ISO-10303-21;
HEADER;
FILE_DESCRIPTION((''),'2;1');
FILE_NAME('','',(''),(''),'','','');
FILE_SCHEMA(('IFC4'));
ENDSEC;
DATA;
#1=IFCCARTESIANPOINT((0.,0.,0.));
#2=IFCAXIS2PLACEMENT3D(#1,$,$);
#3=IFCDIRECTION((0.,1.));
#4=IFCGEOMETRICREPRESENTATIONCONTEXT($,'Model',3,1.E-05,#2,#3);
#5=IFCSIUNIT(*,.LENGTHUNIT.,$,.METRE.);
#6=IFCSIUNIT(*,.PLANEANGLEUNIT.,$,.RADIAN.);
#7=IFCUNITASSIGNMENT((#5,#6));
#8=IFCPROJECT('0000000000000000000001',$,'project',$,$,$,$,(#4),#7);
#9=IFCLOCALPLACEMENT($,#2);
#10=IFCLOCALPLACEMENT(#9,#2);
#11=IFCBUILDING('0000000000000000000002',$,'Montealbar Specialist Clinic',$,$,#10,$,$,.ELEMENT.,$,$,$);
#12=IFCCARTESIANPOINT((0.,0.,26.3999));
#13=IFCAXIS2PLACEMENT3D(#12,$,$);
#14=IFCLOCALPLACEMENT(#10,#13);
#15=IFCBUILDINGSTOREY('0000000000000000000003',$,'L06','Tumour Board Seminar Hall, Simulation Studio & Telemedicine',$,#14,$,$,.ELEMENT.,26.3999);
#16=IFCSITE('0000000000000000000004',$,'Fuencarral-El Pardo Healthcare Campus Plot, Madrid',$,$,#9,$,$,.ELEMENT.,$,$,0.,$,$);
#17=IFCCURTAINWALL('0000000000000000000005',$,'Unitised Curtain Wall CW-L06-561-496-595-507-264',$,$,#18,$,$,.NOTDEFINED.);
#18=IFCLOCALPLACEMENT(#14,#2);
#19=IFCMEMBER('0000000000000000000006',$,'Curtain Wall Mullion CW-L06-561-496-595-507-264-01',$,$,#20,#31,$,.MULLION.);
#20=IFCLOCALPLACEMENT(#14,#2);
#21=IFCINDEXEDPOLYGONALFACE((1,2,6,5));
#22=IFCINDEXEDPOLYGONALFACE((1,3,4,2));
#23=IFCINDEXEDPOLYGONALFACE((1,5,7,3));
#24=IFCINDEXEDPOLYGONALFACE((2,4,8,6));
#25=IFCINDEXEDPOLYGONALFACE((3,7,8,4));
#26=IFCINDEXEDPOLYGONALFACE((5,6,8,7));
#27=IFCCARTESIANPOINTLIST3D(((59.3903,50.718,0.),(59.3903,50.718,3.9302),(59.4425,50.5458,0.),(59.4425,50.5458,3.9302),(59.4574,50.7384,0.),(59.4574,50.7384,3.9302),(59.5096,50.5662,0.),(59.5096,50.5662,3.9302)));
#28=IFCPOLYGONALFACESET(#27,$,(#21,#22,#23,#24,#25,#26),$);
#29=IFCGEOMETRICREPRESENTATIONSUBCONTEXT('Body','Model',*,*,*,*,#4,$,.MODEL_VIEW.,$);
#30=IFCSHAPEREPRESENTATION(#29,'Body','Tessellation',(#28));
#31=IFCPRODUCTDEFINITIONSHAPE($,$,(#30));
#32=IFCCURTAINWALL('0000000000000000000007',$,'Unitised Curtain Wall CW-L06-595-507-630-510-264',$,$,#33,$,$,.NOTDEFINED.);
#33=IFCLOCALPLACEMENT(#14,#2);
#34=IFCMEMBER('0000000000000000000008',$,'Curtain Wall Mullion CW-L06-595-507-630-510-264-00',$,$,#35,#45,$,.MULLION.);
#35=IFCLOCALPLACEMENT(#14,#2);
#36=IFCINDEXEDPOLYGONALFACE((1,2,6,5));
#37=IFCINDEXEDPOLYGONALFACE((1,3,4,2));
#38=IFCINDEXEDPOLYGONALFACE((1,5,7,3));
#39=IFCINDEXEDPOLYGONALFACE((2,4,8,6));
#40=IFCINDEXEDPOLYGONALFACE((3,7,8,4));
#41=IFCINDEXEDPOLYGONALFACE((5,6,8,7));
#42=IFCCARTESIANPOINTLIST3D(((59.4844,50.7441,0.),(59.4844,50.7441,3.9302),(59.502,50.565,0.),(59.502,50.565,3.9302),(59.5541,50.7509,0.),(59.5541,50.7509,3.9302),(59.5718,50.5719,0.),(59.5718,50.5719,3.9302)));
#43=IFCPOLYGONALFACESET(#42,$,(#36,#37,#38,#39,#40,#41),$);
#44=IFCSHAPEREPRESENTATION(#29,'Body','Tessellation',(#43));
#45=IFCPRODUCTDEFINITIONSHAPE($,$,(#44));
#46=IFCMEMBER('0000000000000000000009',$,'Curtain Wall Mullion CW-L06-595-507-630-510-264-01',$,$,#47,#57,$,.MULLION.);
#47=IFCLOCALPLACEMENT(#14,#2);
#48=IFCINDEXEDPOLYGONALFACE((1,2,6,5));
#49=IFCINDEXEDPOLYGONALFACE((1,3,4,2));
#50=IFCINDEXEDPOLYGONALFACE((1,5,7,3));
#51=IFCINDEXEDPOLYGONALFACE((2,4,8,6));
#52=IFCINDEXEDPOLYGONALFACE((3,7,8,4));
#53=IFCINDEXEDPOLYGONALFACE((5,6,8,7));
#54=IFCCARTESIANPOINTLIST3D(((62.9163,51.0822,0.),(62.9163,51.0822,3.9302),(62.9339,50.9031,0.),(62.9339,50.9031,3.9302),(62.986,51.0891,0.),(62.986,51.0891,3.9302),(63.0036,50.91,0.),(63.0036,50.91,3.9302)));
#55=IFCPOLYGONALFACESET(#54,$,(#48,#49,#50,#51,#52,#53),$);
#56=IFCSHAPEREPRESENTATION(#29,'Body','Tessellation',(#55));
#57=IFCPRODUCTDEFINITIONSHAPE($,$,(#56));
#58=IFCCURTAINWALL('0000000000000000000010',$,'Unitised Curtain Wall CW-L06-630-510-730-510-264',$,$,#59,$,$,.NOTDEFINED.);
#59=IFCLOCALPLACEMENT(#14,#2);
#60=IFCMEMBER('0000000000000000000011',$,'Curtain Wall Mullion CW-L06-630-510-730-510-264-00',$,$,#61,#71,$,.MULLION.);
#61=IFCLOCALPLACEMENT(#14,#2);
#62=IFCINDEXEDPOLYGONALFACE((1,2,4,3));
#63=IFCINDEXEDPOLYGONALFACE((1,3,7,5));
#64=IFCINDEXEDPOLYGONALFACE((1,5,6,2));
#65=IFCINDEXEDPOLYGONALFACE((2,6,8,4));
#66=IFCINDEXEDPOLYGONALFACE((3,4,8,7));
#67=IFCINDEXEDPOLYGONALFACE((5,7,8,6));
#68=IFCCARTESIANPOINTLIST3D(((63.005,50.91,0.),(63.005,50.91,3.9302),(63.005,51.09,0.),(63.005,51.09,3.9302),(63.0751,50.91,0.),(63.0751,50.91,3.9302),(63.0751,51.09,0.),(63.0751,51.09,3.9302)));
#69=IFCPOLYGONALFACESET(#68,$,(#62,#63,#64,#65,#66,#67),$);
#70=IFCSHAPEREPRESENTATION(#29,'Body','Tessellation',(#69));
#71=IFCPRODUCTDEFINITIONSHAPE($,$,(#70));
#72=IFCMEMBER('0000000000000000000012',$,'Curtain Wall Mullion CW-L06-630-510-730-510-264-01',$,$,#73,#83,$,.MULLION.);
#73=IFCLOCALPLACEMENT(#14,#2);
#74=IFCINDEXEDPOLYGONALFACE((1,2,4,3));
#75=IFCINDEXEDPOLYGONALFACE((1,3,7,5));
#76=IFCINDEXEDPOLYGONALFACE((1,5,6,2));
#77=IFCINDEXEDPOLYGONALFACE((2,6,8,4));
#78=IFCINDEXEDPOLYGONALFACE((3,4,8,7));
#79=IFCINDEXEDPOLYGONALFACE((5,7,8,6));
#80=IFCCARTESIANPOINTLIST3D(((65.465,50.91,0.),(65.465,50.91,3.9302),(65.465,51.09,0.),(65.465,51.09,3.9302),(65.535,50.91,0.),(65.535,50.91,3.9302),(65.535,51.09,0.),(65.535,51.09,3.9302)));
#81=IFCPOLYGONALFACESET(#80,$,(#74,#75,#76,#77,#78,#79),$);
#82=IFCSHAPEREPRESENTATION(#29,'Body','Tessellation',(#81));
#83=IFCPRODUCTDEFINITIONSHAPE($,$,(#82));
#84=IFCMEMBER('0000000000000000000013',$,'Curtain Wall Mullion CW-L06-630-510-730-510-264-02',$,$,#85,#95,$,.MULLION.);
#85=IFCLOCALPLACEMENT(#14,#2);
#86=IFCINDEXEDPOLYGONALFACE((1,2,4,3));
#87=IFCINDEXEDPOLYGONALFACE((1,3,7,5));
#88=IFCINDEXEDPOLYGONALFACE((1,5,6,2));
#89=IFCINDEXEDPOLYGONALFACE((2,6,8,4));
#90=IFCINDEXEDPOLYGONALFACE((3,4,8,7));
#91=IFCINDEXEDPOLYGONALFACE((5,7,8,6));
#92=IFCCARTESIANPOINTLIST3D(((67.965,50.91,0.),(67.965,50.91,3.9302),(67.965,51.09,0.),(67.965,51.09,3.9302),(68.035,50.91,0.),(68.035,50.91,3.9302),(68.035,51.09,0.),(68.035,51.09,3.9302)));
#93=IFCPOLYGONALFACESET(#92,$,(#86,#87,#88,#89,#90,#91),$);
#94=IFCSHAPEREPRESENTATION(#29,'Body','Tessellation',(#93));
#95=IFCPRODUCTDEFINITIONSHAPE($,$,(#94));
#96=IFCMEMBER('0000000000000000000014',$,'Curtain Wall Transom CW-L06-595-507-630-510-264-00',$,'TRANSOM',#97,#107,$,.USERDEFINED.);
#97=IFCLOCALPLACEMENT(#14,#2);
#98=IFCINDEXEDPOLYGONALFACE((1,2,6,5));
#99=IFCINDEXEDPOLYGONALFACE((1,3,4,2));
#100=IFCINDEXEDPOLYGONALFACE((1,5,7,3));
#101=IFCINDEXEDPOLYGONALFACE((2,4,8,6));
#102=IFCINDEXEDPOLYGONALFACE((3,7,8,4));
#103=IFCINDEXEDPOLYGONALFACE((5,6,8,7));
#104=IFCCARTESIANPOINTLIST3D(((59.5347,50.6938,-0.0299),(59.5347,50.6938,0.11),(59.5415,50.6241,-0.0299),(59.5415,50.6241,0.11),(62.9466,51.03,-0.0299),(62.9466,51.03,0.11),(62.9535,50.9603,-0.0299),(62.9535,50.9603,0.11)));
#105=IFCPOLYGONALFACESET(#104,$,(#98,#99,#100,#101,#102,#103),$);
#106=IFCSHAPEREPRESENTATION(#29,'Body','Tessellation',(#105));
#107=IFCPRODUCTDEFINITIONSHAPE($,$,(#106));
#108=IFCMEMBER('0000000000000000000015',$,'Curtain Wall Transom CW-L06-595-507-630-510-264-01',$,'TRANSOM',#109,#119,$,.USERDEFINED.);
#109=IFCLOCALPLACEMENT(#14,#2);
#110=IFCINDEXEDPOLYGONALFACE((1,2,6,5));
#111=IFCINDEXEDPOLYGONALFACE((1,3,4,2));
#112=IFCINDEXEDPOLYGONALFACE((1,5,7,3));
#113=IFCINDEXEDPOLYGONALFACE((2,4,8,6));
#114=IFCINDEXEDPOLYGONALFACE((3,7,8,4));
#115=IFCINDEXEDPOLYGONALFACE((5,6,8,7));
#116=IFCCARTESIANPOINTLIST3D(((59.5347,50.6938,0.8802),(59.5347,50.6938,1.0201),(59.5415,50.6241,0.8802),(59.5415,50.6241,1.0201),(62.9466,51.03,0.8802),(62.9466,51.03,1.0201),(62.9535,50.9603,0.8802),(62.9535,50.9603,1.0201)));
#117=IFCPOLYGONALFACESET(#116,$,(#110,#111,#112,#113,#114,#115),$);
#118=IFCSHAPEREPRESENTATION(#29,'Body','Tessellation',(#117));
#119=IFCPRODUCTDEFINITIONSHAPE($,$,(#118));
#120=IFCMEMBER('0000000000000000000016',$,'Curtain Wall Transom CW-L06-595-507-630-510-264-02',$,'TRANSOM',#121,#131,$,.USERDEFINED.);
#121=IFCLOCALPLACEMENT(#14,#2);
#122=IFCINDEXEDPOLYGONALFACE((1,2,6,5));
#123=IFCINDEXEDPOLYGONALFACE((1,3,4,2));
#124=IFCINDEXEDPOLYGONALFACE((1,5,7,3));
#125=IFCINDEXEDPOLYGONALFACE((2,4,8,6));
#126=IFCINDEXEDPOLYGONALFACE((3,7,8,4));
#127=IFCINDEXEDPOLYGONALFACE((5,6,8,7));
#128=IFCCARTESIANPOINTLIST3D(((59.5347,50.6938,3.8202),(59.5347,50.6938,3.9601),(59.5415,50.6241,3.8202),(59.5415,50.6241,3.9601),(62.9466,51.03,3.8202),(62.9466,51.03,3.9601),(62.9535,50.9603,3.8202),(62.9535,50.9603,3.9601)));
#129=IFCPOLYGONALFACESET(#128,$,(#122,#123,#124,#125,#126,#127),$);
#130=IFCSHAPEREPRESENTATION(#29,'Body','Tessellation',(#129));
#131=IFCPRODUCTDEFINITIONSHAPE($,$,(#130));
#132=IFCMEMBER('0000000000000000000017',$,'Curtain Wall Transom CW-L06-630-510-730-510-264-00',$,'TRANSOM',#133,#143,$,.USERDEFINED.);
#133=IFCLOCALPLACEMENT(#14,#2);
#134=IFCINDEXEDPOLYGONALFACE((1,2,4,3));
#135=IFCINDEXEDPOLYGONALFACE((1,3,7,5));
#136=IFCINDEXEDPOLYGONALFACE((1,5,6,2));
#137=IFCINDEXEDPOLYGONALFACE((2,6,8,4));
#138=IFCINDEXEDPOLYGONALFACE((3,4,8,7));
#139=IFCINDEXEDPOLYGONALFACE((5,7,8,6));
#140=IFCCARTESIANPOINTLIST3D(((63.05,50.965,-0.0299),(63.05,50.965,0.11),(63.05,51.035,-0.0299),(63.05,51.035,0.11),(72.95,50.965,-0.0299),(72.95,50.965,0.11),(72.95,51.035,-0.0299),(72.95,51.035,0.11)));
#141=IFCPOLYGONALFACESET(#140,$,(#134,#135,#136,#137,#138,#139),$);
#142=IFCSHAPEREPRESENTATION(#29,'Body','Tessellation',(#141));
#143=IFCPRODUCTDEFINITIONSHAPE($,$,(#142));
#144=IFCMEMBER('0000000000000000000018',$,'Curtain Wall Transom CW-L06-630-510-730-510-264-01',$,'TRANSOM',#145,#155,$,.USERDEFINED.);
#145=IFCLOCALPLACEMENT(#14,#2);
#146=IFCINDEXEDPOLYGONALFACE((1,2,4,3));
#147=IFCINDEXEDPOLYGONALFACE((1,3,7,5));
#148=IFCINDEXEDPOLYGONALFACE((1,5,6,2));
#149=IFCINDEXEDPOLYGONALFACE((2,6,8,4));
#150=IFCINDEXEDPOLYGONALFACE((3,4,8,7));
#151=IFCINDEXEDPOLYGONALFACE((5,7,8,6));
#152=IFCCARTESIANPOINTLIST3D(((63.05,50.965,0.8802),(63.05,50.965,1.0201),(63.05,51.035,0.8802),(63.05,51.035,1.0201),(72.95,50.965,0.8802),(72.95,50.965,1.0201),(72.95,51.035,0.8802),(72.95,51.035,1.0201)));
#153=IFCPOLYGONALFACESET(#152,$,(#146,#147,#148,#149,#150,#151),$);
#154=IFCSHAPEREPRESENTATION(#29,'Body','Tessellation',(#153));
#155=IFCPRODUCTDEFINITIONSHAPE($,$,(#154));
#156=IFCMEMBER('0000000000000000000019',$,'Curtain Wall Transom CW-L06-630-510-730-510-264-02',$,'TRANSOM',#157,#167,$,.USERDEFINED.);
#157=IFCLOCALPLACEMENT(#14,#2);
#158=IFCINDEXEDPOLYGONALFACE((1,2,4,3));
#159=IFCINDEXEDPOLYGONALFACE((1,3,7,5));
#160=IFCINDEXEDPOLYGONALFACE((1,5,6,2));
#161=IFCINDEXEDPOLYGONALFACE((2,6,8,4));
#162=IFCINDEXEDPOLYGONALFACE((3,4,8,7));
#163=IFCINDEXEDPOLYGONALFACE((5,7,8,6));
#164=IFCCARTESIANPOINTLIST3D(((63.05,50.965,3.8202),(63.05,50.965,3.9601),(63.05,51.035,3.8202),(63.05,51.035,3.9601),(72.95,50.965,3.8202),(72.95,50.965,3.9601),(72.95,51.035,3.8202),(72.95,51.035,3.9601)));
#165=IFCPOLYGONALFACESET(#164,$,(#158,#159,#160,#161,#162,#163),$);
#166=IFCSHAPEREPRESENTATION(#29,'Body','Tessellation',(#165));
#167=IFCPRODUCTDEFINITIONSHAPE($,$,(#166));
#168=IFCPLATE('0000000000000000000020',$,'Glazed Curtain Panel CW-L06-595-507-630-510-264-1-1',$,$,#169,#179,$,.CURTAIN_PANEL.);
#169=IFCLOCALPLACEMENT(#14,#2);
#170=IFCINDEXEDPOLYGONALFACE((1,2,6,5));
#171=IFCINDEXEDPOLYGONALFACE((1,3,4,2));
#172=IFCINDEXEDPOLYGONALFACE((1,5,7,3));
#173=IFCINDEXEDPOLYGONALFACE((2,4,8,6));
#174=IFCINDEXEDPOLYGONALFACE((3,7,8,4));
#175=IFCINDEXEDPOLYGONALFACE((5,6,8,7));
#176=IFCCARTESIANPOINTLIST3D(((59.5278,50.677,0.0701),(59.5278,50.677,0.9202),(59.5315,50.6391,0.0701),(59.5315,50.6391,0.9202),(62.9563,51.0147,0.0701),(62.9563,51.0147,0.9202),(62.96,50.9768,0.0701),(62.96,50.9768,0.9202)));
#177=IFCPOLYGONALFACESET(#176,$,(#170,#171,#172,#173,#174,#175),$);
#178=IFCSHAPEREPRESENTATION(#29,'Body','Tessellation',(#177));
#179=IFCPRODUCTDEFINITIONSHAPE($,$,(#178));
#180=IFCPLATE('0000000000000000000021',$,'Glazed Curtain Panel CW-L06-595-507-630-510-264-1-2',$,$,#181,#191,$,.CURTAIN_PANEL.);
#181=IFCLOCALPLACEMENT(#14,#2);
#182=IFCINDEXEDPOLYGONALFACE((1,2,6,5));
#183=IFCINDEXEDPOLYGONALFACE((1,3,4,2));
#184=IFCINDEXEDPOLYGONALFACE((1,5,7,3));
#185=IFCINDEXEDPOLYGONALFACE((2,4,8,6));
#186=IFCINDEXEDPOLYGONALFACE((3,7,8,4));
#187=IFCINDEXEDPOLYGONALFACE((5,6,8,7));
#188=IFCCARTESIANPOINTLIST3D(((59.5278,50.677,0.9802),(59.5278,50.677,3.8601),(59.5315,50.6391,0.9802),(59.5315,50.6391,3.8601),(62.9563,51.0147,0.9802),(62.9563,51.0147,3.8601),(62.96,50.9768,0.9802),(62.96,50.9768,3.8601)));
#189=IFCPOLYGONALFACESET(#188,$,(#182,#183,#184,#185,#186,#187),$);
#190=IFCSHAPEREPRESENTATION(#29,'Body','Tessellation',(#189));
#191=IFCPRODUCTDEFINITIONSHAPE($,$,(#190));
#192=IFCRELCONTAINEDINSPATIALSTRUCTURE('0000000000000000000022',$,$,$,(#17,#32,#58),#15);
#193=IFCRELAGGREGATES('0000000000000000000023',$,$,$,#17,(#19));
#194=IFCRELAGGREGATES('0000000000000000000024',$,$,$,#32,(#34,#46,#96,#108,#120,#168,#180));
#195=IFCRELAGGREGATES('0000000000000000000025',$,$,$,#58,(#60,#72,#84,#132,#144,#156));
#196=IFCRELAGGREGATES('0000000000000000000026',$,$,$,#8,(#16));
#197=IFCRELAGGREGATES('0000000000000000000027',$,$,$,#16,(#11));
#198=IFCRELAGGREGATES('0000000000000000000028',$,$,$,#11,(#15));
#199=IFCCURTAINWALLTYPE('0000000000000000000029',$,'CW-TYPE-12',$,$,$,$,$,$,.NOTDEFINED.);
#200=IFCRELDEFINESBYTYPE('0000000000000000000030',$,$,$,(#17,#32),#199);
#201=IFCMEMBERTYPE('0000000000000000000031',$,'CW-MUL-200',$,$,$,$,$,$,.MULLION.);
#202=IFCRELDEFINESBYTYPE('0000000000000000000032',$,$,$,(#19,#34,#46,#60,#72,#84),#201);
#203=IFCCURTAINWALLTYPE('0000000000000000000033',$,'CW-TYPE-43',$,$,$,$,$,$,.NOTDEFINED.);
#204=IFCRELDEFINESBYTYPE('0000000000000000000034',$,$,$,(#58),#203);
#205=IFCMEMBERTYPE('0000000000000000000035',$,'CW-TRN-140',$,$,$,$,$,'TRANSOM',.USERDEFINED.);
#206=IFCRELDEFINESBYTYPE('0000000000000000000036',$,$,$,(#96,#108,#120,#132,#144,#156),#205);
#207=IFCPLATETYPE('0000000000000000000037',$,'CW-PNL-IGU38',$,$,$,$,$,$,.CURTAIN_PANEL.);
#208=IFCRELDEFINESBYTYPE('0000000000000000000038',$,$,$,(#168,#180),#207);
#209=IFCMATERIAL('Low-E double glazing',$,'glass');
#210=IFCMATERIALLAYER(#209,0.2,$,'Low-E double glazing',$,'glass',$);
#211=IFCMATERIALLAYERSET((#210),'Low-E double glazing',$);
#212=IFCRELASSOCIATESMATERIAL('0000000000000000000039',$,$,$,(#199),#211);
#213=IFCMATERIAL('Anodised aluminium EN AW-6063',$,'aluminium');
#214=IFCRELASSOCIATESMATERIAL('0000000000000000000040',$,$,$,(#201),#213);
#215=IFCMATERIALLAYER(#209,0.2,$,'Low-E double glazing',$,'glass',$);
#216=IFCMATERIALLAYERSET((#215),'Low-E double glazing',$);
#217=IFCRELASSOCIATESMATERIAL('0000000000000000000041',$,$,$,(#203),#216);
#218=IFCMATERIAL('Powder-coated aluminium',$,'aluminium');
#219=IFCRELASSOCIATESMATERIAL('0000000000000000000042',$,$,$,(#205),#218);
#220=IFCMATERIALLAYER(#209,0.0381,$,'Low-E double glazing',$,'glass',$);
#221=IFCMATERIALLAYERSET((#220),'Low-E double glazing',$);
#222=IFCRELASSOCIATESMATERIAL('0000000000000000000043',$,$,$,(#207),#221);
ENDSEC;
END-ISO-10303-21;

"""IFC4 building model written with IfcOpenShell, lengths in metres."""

from ifc_helpers import new_model, si_unit, direction, frame, origin, origin_2d, place, context, subcontext, project, spatial, rectangle, extrude, material, layer, layer_set, material_profile, profile_set, type_object, element, aggregate, save


model = new_model("IFC4")

# Units and contexts
model_context = context("Model", 3, precision=1e-05, world=origin(), true_north=direction((0.0, 1.0)))
body_context = subcontext(model_context, "Body", "Model", "MODEL_VIEW")
ifc_project = project(units=[si_unit("LENGTHUNIT", "METRE"), si_unit("PLANEANGLEUNIT", "RADIAN")], contexts=[model_context])

# Site, building, storey
site_placement = place(None, origin())
site = spatial("IfcSite", under=ifc_project, at=site_placement, Name="Fuencarral-El Pardo Healthcare Campus Plot, Madrid", CompositionType="ELEMENT", RefElevation=0.0)
building_placement = place(site_placement, origin())
building = spatial("IfcBuilding", under=site, at=building_placement, Name="Montealbar Specialist Clinic", CompositionType="ELEMENT")
storey_placement = place(building_placement, frame((0.0, 0.0, 26.3999)))
storey = spatial("IfcBuildingStorey", under=building, at=storey_placement, Name="L06", Description="Tumour Board Seminar Hall, Simulation Studio & Telemedicine", CompositionType="ELEMENT", Elevation=26.3999)

# Curtain wall, member
ifc_material_1 = material(Name="Low-E double glazing", Category="glass")
ifc_layer_1 = layer(ifc_material_1, 0.2, Name="Low-E double glazing", Category="glass")
ifc_layer_set_1 = layer_set([ifc_layer_1], Name="Low-E double glazing")
curtain_wall_type_1 = type_object("IfcCurtainWallType", Name="CW-TYPE-12", PredefinedType="NOTDEFINED", material=ifc_layer_set_1)
curtain_wall_1_placement = place(storey_placement, origin())
curtain_wall_1 = element("IfcCurtainWall", 1, at=curtain_wall_1_placement, inside=storey, type_object=curtain_wall_type_1, Name="Unitised Curtain Wall CW-L06-561-496-595-507-264", PredefinedType="NOTDEFINED")
ifc_material_2 = material(Name="Anodised aluminium EN AW-6063", Category="aluminium")
ifc_material_profile_1 = material_profile(ifc_material_2, rectangle(XDim=0.0701, YDim=0.1799, at=origin_2d()), Name="ALU 70x180", Category="aluminium")
ifc_profile_set_1 = profile_set([ifc_material_profile_1], Name="Anodised aluminium EN AW-6063")
member_type_1 = type_object("IfcMemberType", Name="CW-MUL-200", PredefinedType="MULLION", material=ifc_profile_set_1)
member_1_placement = place(storey_placement, frame((59.45, 50.6421, 0.0), z_axis=(0.0, 0.0, 1.0), x_axis=(0.956948, 0.290259, 0.0)))
member_1 = element("IfcMember", 2, at=member_1_placement, type_object=member_type_1, Name="Curtain Wall Mullion CW-L06-561-496-595-507-264-01", PredefinedType="MULLION", context=body_context, shape_type="SweptSolid", body=[
    extrude(rectangle(XDim=0.0701, YDim=0.1799, at=origin_2d()), origin(), (0.0, 0.0, 1.0), 3.9302),
])
aggregate(curtain_wall_1, [member_1])

# Curtain walls, members
curtain_wall_2_placement = place(storey_placement, origin())
curtain_wall_2 = element("IfcCurtainWall", 3, at=curtain_wall_2_placement, inside=storey, type_object=curtain_wall_type_1, Name="Unitised Curtain Wall CW-L06-595-507-630-510-264", PredefinedType="NOTDEFINED")
member_2_placement = place(storey_placement, frame((59.5281, 50.658, 0.0), z_axis=(0.0, 0.0, 1.0), x_axis=(0.995182, 0.098045, 0.0)))
member_2 = element("IfcMember", 4, at=member_2_placement, type_object=member_type_1, Name="Curtain Wall Mullion CW-L06-595-507-630-510-264-00", PredefinedType="MULLION", context=body_context, shape_type="SweptSolid", body=[
    extrude(rectangle(XDim=0.0701, YDim=0.1799, at=origin_2d()), origin(), (0.0, 0.0, 1.0), 3.9302),
])
member_3_placement = place(storey_placement, frame((62.96, 50.9961, 0.0), z_axis=(0.0, 0.0, 1.0), x_axis=(0.995182, 0.098045, 0.0)))
member_3 = element("IfcMember", 5, at=member_3_placement, type_object=member_type_1, Name="Curtain Wall Mullion CW-L06-595-507-630-510-264-01", PredefinedType="MULLION", context=body_context, shape_type="SweptSolid", body=[
    extrude(rectangle(XDim=0.0701, YDim=0.1799, at=origin_2d()), origin(), (0.0, 0.0, 1.0), 3.9302),
])
ifc_layer_2 = layer(ifc_material_1, 0.2, Name="Low-E double glazing", Category="glass")
ifc_layer_set_2 = layer_set([ifc_layer_2], Name="Low-E double glazing")
curtain_wall_type_2 = type_object("IfcCurtainWallType", Name="CW-TYPE-43", PredefinedType="NOTDEFINED", material=ifc_layer_set_2)
curtain_wall_3_placement = place(storey_placement, origin())
curtain_wall_3 = element("IfcCurtainWall", 6, at=curtain_wall_3_placement, inside=storey, type_object=curtain_wall_type_2, Name="Unitised Curtain Wall CW-L06-630-510-730-510-264", PredefinedType="NOTDEFINED")
member_4_placement = place(storey_placement, frame((63.04, 51.0, 0.0), z_axis=(0.0, 0.0, 1.0), x_axis=(1.0, 0.0, 0.0)))
member_4 = element("IfcMember", 7, at=member_4_placement, type_object=member_type_1, Name="Curtain Wall Mullion CW-L06-630-510-730-510-264-00", PredefinedType="MULLION", context=body_context, shape_type="SweptSolid", body=[
    extrude(rectangle(XDim=0.0701, YDim=0.1799, at=origin_2d()), origin(), (0.0, 0.0, 1.0), 3.9302),
])
member_5_placement = place(storey_placement, frame((65.5, 51.0, 0.0), z_axis=(0.0, 0.0, 1.0), x_axis=(1.0, 0.0, 0.0)))
member_5 = element("IfcMember", 8, at=member_5_placement, type_object=member_type_1, Name="Curtain Wall Mullion CW-L06-630-510-730-510-264-01", PredefinedType="MULLION", context=body_context, shape_type="SweptSolid", body=[
    extrude(rectangle(XDim=0.0701, YDim=0.1799, at=origin_2d()), origin(), (0.0, 0.0, 1.0), 3.9302),
])
member_6_placement = place(storey_placement, frame((68.0, 51.0, 0.0), z_axis=(0.0, 0.0, 1.0), x_axis=(1.0, 0.0, 0.0)))
member_6 = element("IfcMember", 9, at=member_6_placement, type_object=member_type_1, Name="Curtain Wall Mullion CW-L06-630-510-730-510-264-02", PredefinedType="MULLION", context=body_context, shape_type="SweptSolid", body=[
    extrude(rectangle(XDim=0.0701, YDim=0.1799, at=origin_2d()), origin(), (0.0, 0.0, 1.0), 3.9302),
])

# Members
ifc_material_3 = material(Name="Powder-coated aluminium", Category="aluminium")
ifc_material_profile_2 = material_profile(ifc_material_3, rectangle(XDim=0.0701, YDim=0.1399, at=origin_2d()), Name="ALU 70x140", Category="aluminium")
ifc_profile_set_2 = profile_set([ifc_material_profile_2], Name="Powder-coated aluminium")
member_type_2 = type_object("IfcMemberType", Name="CW-TRN-140", ElementType="TRANSOM", PredefinedType="USERDEFINED", material=ifc_profile_set_2)
member_7_placement = place(storey_placement, frame((59.5381, 50.6589, 0.04), z_axis=(0.995181, 0.098058, 0.0), x_axis=(-0.098058, 0.995181, 0.0)))
member_7 = element("IfcMember", 10, at=member_7_placement, type_object=member_type_2, Name="Curtain Wall Transom CW-L06-595-507-630-510-264-00", ObjectType="TRANSOM", PredefinedType="USERDEFINED", context=body_context, shape_type="SweptSolid", body=[
    extrude(rectangle(XDim=0.0701, YDim=0.1399, at=origin_2d()), origin(), (0.0, 0.0, 1.0), 3.4285),
])
member_8_placement = place(storey_placement, frame((59.5381, 50.6589, 0.9502), z_axis=(0.995181, 0.098058, 0.0), x_axis=(-0.098058, 0.995181, 0.0)))
member_8 = element("IfcMember", 11, at=member_8_placement, type_object=member_type_2, Name="Curtain Wall Transom CW-L06-595-507-630-510-264-01", ObjectType="TRANSOM", PredefinedType="USERDEFINED", context=body_context, shape_type="SweptSolid", body=[
    extrude(rectangle(XDim=0.0701, YDim=0.1399, at=origin_2d()), origin(), (0.0, 0.0, 1.0), 3.4285),
])
member_9_placement = place(storey_placement, frame((59.5381, 50.6589, 3.8901), z_axis=(0.995181, 0.098058, 0.0), x_axis=(-0.098058, 0.995181, 0.0)))
member_9 = element("IfcMember", 12, at=member_9_placement, type_object=member_type_2, Name="Curtain Wall Transom CW-L06-595-507-630-510-264-02", ObjectType="TRANSOM", PredefinedType="USERDEFINED", context=body_context, shape_type="SweptSolid", body=[
    extrude(rectangle(XDim=0.0701, YDim=0.1399, at=origin_2d()), origin(), (0.0, 0.0, 1.0), 3.4285),
])
member_10_placement = place(storey_placement, frame((63.05, 51.0, 0.04), z_axis=(1.0, 0.0, 0.0), x_axis=(0.0, 1.0, 0.0)))
member_10 = element("IfcMember", 13, at=member_10_placement, type_object=member_type_2, Name="Curtain Wall Transom CW-L06-630-510-730-510-264-00", ObjectType="TRANSOM", PredefinedType="USERDEFINED", context=body_context, shape_type="SweptSolid", body=[
    extrude(rectangle(XDim=0.0701, YDim=0.1399, at=origin_2d()), origin(), (0.0, 0.0, 1.0), 9.8999),
])
member_11_placement = place(storey_placement, frame((63.05, 51.0, 0.9502), z_axis=(1.0, 0.0, 0.0), x_axis=(0.0, 1.0, 0.0)))
member_11 = element("IfcMember", 14, at=member_11_placement, type_object=member_type_2, Name="Curtain Wall Transom CW-L06-630-510-730-510-264-01", ObjectType="TRANSOM", PredefinedType="USERDEFINED", context=body_context, shape_type="SweptSolid", body=[
    extrude(rectangle(XDim=0.0701, YDim=0.1399, at=origin_2d()), origin(), (0.0, 0.0, 1.0), 9.8999),
])
member_12_placement = place(storey_placement, frame((63.05, 51.0, 3.8901), z_axis=(1.0, 0.0, 0.0), x_axis=(0.0, 1.0, 0.0)))
member_12 = element("IfcMember", 15, at=member_12_placement, type_object=member_type_2, Name="Curtain Wall Transom CW-L06-630-510-730-510-264-02", ObjectType="TRANSOM", PredefinedType="USERDEFINED", context=body_context, shape_type="SweptSolid", body=[
    extrude(rectangle(XDim=0.0701, YDim=0.1399, at=origin_2d()), origin(), (0.0, 0.0, 1.0), 9.8999),
])

# Plates
ifc_layer_3 = layer(ifc_material_1, 0.0381, Name="Low-E double glazing", Category="glass")
ifc_layer_set_3 = layer_set([ifc_layer_3], Name="Low-E double glazing")
plate_type = type_object("IfcPlateType", Name="CW-PNL-IGU38", PredefinedType="CURTAIN_PANEL", material=ifc_layer_set_3)
plate_1_placement = place(storey_placement, frame((61.2439, 50.8269, 0.0701), z_axis=(0.0, 0.0, 1.0), x_axis=(0.995182, 0.098045, 0.0)))
plate_1 = element("IfcPlate", 16, at=plate_1_placement, type_object=plate_type, Name="Glazed Curtain Panel CW-L06-595-507-630-510-264-1-1", PredefinedType="CURTAIN_PANEL", context=body_context, shape_type="SweptSolid", body=[
    extrude(rectangle(XDim=3.4451, YDim=0.0381, at=origin_2d()), origin(), (0.0, 0.0, 1.0), 0.8501),
])
plate_2_placement = place(storey_placement, frame((61.2439, 50.8269, 0.9802), z_axis=(0.0, 0.0, 1.0), x_axis=(0.995182, 0.098045, 0.0)))
plate_2 = element("IfcPlate", 17, at=plate_2_placement, type_object=plate_type, Name="Glazed Curtain Panel CW-L06-595-507-630-510-264-1-2", PredefinedType="CURTAIN_PANEL", context=body_context, shape_type="SweptSolid", body=[
    extrude(rectangle(XDim=3.4451, YDim=0.0381, at=origin_2d()), origin(), (0.0, 0.0, 1.0), 2.8799),
])
aggregate(curtain_wall_2, [member_2, member_3, member_7, member_8, member_9, plate_1, plate_2])
aggregate(curtain_wall_3, [member_4, member_5, member_6, member_10, member_11, member_12])

save(model, "model.ifc")
